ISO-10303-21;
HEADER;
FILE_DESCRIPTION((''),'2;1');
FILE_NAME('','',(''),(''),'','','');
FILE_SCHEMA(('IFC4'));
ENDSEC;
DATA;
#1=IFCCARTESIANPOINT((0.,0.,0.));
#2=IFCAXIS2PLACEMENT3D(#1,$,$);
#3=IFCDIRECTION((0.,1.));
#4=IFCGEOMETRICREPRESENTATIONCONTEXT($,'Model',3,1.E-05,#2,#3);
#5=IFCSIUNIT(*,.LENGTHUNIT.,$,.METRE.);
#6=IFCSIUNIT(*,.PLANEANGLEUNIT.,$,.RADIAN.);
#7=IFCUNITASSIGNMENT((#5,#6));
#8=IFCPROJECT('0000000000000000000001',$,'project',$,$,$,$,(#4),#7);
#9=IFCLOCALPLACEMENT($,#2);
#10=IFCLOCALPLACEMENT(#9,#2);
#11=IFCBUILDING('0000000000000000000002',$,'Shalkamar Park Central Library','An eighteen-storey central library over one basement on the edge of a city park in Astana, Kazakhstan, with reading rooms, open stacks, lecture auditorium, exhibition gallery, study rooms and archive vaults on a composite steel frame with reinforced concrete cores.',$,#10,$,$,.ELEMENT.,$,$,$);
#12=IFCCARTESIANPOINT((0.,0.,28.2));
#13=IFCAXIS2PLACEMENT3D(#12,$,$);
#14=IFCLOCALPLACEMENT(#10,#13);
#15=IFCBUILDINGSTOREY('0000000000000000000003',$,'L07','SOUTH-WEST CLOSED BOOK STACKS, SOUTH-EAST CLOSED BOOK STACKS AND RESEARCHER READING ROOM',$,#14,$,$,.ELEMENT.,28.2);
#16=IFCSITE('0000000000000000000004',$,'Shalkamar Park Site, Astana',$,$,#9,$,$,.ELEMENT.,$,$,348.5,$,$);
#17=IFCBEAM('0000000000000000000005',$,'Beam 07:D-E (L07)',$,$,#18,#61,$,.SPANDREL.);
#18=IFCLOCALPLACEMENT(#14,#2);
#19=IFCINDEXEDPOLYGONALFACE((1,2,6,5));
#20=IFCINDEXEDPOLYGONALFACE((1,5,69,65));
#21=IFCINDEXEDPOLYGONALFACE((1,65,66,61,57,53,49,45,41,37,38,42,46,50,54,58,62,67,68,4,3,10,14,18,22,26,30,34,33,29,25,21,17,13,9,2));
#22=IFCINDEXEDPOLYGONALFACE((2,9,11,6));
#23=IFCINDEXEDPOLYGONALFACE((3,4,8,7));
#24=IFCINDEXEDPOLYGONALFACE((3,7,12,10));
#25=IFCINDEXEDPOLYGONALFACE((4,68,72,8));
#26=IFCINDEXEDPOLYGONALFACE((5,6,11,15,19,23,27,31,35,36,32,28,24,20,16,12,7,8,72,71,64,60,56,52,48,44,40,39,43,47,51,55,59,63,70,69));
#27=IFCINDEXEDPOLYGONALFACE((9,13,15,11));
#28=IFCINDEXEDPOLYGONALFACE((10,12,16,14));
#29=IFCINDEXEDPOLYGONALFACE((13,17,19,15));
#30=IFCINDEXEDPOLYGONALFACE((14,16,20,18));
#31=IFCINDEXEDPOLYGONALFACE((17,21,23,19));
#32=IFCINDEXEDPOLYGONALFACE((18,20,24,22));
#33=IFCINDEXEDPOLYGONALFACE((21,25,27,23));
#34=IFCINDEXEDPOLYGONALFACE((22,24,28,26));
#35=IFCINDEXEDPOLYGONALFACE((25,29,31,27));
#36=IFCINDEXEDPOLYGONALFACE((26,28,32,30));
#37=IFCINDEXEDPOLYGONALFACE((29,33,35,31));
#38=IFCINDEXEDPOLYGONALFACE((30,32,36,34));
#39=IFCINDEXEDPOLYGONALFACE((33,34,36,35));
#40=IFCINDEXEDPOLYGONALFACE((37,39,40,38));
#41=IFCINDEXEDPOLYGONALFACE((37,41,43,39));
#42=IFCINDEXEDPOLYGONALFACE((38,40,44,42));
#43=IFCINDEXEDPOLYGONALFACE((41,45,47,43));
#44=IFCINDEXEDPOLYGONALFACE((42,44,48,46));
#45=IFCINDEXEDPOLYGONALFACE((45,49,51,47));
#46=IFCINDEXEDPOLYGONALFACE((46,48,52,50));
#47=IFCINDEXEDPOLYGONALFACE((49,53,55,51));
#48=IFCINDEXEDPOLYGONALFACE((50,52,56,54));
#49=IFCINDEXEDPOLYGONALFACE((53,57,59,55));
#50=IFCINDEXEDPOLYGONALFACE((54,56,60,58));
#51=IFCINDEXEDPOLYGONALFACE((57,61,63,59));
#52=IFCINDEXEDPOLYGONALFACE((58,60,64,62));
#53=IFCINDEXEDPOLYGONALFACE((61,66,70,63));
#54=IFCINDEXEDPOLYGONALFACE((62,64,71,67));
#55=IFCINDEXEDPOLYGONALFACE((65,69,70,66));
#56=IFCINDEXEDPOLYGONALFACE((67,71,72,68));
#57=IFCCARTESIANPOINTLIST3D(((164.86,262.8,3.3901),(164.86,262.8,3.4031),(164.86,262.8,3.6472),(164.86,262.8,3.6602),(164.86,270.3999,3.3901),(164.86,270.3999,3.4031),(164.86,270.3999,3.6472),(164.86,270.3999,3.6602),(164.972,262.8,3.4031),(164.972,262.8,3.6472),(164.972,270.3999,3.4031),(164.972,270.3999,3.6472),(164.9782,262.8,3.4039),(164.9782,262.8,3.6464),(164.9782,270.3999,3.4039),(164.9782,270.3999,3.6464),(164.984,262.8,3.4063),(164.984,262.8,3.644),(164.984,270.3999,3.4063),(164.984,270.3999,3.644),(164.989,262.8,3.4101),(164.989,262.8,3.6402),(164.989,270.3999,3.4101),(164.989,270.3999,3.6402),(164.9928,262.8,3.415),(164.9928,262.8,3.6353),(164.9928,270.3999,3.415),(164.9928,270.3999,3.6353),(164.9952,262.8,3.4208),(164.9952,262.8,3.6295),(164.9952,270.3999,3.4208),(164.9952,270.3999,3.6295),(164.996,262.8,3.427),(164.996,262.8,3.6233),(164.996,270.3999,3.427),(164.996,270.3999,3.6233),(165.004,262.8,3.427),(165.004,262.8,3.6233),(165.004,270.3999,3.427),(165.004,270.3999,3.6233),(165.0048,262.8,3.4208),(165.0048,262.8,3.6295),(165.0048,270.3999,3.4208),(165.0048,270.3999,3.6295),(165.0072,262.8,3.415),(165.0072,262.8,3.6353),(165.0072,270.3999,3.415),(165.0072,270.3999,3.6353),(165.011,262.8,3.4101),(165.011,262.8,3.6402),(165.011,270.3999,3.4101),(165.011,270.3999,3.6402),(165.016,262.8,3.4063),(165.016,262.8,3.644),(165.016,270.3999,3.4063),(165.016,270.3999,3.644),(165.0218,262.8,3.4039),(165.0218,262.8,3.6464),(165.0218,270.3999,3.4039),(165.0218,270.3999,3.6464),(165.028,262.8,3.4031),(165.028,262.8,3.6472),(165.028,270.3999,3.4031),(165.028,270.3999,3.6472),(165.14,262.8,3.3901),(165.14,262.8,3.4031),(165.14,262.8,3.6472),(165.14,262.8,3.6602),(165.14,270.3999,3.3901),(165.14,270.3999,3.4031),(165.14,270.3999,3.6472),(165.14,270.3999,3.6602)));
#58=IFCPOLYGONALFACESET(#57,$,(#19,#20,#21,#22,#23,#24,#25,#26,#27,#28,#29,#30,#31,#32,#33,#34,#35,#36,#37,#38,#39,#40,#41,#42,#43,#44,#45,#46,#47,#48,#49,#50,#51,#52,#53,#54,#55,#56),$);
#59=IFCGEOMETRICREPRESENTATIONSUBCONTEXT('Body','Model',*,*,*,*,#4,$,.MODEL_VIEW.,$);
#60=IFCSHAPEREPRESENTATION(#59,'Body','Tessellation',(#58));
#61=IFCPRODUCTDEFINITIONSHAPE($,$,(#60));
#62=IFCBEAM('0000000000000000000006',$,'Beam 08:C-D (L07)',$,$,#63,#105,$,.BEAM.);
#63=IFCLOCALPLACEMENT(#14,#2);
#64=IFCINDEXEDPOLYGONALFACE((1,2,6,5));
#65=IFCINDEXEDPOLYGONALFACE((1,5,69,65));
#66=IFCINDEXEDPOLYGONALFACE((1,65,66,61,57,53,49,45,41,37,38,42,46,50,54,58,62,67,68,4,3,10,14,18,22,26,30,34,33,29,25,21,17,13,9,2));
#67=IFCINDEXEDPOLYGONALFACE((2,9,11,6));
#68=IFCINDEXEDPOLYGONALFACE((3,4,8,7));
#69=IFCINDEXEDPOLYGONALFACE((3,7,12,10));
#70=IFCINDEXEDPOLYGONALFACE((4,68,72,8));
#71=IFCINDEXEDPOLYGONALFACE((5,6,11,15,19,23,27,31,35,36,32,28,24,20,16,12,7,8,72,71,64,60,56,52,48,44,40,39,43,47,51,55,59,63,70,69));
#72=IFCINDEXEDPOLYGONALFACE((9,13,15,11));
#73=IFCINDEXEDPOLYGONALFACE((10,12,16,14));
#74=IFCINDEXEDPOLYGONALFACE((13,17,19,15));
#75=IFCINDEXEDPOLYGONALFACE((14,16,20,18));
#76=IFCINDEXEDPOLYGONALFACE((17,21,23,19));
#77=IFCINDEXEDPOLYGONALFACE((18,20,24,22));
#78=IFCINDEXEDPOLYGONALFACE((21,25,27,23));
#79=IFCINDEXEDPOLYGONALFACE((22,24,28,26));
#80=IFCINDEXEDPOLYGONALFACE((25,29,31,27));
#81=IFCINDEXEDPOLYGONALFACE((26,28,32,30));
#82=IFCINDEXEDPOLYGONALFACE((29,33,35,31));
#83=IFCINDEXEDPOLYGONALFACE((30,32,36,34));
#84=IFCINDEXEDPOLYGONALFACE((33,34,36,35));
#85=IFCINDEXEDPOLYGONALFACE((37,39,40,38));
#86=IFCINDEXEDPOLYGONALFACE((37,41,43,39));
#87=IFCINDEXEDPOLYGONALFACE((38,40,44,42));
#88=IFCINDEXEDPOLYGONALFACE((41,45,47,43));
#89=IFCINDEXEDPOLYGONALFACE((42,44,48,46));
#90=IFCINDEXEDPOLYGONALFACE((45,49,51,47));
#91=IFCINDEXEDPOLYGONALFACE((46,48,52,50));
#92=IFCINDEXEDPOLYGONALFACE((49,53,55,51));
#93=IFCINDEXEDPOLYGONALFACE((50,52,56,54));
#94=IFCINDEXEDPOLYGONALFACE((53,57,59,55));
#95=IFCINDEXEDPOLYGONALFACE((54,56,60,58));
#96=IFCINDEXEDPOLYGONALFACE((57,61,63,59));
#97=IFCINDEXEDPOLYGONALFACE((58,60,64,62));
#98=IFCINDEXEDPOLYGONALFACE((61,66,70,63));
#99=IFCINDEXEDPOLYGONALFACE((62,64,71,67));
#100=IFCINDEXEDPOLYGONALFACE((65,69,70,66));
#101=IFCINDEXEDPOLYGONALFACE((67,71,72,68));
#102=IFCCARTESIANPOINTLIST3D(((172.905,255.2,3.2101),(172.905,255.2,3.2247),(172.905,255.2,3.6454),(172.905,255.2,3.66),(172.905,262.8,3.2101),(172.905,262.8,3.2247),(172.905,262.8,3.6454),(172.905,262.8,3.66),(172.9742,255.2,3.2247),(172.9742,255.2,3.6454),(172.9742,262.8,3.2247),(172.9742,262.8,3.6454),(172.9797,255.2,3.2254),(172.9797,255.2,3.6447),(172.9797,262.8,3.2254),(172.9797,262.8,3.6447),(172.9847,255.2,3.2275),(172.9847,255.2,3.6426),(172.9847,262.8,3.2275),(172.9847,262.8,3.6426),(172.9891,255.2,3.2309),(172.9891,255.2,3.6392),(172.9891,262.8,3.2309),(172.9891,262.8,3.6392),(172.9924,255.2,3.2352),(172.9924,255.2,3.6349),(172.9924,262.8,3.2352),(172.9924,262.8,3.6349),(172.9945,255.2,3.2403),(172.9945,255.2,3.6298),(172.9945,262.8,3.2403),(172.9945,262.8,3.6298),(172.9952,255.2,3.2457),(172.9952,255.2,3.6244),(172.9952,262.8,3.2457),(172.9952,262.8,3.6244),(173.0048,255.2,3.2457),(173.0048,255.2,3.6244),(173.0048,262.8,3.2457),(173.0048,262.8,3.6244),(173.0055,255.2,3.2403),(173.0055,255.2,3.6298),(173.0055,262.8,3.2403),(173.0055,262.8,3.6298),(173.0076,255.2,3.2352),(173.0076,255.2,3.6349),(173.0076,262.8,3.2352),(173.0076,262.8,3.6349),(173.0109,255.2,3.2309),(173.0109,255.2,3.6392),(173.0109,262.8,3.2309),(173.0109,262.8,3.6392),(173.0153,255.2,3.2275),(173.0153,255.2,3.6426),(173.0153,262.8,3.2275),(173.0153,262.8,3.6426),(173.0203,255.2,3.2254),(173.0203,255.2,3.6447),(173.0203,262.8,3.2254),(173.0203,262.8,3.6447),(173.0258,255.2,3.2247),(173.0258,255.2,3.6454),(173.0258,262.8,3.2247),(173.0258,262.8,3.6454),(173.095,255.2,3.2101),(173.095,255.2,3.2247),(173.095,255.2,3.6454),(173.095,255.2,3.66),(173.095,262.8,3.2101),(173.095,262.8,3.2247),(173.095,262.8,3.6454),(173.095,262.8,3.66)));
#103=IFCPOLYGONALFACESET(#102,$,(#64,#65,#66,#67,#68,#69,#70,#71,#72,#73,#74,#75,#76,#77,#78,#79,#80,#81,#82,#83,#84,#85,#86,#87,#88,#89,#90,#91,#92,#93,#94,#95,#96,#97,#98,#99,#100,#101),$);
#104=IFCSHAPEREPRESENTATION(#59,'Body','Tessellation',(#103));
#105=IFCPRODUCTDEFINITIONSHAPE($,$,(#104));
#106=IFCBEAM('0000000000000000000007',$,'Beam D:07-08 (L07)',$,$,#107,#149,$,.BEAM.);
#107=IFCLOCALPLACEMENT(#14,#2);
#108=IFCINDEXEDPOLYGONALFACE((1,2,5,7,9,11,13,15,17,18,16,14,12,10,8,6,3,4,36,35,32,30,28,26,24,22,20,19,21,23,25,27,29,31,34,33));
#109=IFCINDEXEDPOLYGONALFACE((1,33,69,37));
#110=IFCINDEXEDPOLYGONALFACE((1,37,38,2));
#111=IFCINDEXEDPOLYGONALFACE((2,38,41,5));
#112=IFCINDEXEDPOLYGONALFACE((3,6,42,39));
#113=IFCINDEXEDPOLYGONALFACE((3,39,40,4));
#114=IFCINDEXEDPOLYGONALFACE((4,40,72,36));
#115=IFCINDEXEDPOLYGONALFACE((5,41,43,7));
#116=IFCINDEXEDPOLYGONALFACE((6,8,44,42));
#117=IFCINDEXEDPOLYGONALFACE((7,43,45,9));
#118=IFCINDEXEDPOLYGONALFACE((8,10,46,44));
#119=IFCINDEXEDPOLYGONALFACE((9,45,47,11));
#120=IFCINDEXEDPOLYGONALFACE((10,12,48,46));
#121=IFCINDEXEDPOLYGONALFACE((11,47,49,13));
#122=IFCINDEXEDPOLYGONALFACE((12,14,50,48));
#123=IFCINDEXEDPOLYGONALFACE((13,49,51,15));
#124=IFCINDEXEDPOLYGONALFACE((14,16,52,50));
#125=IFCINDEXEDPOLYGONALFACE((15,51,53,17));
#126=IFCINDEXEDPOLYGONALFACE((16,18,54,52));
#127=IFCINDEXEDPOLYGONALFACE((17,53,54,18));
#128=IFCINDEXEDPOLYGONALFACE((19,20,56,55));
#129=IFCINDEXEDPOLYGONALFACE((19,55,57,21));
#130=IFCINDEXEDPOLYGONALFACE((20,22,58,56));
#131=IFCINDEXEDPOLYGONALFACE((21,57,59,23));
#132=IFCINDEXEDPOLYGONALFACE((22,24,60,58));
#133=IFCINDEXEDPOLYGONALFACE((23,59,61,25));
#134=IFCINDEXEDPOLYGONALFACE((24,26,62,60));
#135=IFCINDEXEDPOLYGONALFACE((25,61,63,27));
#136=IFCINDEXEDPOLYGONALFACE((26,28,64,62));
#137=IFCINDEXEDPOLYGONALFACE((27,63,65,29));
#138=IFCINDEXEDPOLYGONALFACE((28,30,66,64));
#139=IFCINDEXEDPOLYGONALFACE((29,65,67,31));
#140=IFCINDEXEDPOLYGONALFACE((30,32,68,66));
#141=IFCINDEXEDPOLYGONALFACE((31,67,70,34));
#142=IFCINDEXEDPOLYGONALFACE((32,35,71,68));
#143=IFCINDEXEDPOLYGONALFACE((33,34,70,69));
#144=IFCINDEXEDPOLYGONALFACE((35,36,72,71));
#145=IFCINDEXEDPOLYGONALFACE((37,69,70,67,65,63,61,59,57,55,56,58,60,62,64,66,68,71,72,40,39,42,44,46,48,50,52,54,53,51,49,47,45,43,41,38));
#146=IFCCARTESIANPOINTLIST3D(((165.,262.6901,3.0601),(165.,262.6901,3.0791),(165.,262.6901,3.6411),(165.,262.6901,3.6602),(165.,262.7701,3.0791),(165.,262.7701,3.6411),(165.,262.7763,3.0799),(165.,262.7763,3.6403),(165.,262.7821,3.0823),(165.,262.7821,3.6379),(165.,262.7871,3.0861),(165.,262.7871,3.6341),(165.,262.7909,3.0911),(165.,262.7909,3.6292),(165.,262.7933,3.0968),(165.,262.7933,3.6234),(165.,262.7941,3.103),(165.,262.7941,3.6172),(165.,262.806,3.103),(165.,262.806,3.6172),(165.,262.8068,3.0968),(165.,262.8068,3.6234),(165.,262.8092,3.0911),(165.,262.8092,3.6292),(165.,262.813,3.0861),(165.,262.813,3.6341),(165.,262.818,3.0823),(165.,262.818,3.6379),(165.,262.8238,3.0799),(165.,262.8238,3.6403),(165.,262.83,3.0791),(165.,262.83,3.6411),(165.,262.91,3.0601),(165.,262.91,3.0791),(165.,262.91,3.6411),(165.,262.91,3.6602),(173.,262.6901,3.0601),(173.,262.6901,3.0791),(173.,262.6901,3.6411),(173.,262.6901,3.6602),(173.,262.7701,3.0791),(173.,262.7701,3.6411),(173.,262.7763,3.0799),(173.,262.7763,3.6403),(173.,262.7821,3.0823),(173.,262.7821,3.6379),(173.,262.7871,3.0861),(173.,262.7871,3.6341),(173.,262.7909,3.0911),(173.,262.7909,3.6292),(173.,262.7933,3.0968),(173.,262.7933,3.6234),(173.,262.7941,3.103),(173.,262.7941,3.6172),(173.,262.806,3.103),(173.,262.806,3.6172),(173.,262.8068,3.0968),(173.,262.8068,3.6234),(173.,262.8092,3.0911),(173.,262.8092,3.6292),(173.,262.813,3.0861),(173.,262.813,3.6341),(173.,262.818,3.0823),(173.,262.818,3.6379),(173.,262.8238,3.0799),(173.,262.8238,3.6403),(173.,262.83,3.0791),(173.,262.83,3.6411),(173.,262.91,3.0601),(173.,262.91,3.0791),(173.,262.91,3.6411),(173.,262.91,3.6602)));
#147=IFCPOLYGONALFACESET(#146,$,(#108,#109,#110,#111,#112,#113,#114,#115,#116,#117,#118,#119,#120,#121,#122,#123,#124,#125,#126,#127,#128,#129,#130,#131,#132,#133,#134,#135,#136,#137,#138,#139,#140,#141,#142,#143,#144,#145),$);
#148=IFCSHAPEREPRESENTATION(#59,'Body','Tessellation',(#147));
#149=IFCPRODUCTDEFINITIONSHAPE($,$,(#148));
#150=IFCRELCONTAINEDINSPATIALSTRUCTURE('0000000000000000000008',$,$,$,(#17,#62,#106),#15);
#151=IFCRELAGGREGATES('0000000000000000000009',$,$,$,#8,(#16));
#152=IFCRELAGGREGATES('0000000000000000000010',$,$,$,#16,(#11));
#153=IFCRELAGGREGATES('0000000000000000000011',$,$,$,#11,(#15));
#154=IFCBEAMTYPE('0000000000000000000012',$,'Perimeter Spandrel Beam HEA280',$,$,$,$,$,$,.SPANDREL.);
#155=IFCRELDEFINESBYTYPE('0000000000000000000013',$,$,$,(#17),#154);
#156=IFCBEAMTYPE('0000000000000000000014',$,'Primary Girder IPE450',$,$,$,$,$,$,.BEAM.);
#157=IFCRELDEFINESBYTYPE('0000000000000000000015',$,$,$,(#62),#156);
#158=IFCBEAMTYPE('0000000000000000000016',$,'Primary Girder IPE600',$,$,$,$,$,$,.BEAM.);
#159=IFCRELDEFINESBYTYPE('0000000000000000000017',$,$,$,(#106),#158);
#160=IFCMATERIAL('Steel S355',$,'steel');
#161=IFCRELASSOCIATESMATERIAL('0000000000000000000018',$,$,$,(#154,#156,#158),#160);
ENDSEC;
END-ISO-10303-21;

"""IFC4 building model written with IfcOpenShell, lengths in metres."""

from ifc_helpers import new_model, si_unit, direction, frame, origin, origin_2d, place, context, subcontext, project, spatial, i_section, extrude, material, material_profile, profile_set, type_object, element, save


model = new_model("IFC4")

# Units and contexts
model_context = context("Model", 3, precision=1e-05, world=origin(), true_north=direction((0.0, 1.0)))
body_context = subcontext(model_context, "Body", "Model", "MODEL_VIEW")
ifc_project = project(units=[si_unit("LENGTHUNIT", "METRE"), si_unit("PLANEANGLEUNIT", "RADIAN")], contexts=[model_context])

# Site, building, storey
site_placement = place(None, origin())
site = spatial("IfcSite", under=ifc_project, at=site_placement, Name="Shalkamar Park Site, Astana", CompositionType="ELEMENT", RefElevation=348.5)
building_placement = place(site_placement, origin())
building = spatial("IfcBuilding", under=site, at=building_placement, Name="Shalkamar Park Central Library", Description="An eighteen-storey central library over one basement on the edge of a city park in Astana, Kazakhstan, with reading rooms, open stacks, lecture auditorium, exhibition gallery, study rooms and archive vaults on a composite steel frame with reinforced concrete cores.", CompositionType="ELEMENT")
storey_placement = place(building_placement, frame((0.0, 0.0, 28.2)))
storey = spatial("IfcBuildingStorey", under=building, at=storey_placement, Name="L07", Description="SOUTH-WEST CLOSED BOOK STACKS, SOUTH-EAST CLOSED BOOK STACKS AND RESEARCHER READING ROOM", CompositionType="ELEMENT", Elevation=28.2)

# Shared definitions
ifc_material_1 = material(Name="Steel S355", Category="steel")

# Beams
ifc_material_profile_1 = material_profile(ifc_material_1, i_section(OverallWidth=0.28, OverallDepth=0.27, WebThickness=0.0081, FlangeThickness=0.0129, FilletRadius=0.0239, at=origin_2d()), Name="HEA 280")
ifc_profile_set_1 = profile_set([ifc_material_profile_1], Name="Steel S355")
beam_type_1 = type_object("IfcBeamType", Name="Perimeter Spandrel Beam HEA280", PredefinedType="SPANDREL", material=ifc_profile_set_1)
beam_1_placement = place(storey_placement, frame((165.0, 262.8, 3.5251), z_axis=(0.0, 1.0, 0.0), x_axis=(-1.0, 0.0, 0.0)))
element("IfcBeam", 1, at=beam_1_placement, inside=storey, type_object=beam_type_1, Name="Beam 07:D-E (L07)", PredefinedType="SPANDREL", context=body_context, shape_type="SweptSolid", body=[
    extrude(i_section(OverallWidth=0.28, OverallDepth=0.27, WebThickness=0.0081, FlangeThickness=0.0129, FilletRadius=0.0239, at=origin_2d()), origin(), (0.0, 0.0, 1.0), 7.5999),
])
ifc_material_profile_2 = material_profile(ifc_material_1, i_section(OverallWidth=0.1899, OverallDepth=0.45, WebThickness=0.0095, FlangeThickness=0.0146, FilletRadius=0.021, at=origin_2d()), Name="IPE 450")
ifc_profile_set_2 = profile_set([ifc_material_profile_2], Name="Steel S355")
beam_type_2 = type_object("IfcBeamType", Name="Primary Girder IPE450", PredefinedType="BEAM", material=ifc_profile_set_2)
beam_2_placement = place(storey_placement, frame((173.0, 255.2, 3.4351), z_axis=(0.0, 1.0, 0.0), x_axis=(-1.0, 0.0, 0.0)))
element("IfcBeam", 2, at=beam_2_placement, inside=storey, type_object=beam_type_2, Name="Beam 08:C-D (L07)", PredefinedType="BEAM", context=body_context, shape_type="SweptSolid", body=[
    extrude(i_section(OverallWidth=0.1899, OverallDepth=0.45, WebThickness=0.0095, FlangeThickness=0.0146, FilletRadius=0.021, at=origin_2d()), origin(), (0.0, 0.0, 1.0), 7.6001),
])
ifc_material_profile_3 = material_profile(ifc_material_1, i_section(OverallWidth=0.22, OverallDepth=0.6001, WebThickness=0.012, FlangeThickness=0.019, FilletRadius=0.0239, at=origin_2d()), Name="IPE 600")
ifc_profile_set_3 = profile_set([ifc_material_profile_3], Name="Steel S355")
beam_type_3 = type_object("IfcBeamType", Name="Primary Girder IPE600", PredefinedType="BEAM", material=ifc_profile_set_3)
beam_3_placement = place(storey_placement, frame((165.0, 262.8, 3.3601), z_axis=(1.0, 0.0, 0.0), x_axis=(0.0, 1.0, 0.0)))
element("IfcBeam", 3, at=beam_3_placement, inside=storey, type_object=beam_type_3, Name="Beam D:07-08 (L07)", PredefinedType="BEAM", context=body_context, shape_type="SweptSolid", body=[
    extrude(i_section(OverallWidth=0.22, OverallDepth=0.6001, WebThickness=0.012, FlangeThickness=0.019, FilletRadius=0.0239, at=origin_2d()), origin(), (0.0, 0.0, 1.0), 8.0),
])

save(model, "model.ifc")
